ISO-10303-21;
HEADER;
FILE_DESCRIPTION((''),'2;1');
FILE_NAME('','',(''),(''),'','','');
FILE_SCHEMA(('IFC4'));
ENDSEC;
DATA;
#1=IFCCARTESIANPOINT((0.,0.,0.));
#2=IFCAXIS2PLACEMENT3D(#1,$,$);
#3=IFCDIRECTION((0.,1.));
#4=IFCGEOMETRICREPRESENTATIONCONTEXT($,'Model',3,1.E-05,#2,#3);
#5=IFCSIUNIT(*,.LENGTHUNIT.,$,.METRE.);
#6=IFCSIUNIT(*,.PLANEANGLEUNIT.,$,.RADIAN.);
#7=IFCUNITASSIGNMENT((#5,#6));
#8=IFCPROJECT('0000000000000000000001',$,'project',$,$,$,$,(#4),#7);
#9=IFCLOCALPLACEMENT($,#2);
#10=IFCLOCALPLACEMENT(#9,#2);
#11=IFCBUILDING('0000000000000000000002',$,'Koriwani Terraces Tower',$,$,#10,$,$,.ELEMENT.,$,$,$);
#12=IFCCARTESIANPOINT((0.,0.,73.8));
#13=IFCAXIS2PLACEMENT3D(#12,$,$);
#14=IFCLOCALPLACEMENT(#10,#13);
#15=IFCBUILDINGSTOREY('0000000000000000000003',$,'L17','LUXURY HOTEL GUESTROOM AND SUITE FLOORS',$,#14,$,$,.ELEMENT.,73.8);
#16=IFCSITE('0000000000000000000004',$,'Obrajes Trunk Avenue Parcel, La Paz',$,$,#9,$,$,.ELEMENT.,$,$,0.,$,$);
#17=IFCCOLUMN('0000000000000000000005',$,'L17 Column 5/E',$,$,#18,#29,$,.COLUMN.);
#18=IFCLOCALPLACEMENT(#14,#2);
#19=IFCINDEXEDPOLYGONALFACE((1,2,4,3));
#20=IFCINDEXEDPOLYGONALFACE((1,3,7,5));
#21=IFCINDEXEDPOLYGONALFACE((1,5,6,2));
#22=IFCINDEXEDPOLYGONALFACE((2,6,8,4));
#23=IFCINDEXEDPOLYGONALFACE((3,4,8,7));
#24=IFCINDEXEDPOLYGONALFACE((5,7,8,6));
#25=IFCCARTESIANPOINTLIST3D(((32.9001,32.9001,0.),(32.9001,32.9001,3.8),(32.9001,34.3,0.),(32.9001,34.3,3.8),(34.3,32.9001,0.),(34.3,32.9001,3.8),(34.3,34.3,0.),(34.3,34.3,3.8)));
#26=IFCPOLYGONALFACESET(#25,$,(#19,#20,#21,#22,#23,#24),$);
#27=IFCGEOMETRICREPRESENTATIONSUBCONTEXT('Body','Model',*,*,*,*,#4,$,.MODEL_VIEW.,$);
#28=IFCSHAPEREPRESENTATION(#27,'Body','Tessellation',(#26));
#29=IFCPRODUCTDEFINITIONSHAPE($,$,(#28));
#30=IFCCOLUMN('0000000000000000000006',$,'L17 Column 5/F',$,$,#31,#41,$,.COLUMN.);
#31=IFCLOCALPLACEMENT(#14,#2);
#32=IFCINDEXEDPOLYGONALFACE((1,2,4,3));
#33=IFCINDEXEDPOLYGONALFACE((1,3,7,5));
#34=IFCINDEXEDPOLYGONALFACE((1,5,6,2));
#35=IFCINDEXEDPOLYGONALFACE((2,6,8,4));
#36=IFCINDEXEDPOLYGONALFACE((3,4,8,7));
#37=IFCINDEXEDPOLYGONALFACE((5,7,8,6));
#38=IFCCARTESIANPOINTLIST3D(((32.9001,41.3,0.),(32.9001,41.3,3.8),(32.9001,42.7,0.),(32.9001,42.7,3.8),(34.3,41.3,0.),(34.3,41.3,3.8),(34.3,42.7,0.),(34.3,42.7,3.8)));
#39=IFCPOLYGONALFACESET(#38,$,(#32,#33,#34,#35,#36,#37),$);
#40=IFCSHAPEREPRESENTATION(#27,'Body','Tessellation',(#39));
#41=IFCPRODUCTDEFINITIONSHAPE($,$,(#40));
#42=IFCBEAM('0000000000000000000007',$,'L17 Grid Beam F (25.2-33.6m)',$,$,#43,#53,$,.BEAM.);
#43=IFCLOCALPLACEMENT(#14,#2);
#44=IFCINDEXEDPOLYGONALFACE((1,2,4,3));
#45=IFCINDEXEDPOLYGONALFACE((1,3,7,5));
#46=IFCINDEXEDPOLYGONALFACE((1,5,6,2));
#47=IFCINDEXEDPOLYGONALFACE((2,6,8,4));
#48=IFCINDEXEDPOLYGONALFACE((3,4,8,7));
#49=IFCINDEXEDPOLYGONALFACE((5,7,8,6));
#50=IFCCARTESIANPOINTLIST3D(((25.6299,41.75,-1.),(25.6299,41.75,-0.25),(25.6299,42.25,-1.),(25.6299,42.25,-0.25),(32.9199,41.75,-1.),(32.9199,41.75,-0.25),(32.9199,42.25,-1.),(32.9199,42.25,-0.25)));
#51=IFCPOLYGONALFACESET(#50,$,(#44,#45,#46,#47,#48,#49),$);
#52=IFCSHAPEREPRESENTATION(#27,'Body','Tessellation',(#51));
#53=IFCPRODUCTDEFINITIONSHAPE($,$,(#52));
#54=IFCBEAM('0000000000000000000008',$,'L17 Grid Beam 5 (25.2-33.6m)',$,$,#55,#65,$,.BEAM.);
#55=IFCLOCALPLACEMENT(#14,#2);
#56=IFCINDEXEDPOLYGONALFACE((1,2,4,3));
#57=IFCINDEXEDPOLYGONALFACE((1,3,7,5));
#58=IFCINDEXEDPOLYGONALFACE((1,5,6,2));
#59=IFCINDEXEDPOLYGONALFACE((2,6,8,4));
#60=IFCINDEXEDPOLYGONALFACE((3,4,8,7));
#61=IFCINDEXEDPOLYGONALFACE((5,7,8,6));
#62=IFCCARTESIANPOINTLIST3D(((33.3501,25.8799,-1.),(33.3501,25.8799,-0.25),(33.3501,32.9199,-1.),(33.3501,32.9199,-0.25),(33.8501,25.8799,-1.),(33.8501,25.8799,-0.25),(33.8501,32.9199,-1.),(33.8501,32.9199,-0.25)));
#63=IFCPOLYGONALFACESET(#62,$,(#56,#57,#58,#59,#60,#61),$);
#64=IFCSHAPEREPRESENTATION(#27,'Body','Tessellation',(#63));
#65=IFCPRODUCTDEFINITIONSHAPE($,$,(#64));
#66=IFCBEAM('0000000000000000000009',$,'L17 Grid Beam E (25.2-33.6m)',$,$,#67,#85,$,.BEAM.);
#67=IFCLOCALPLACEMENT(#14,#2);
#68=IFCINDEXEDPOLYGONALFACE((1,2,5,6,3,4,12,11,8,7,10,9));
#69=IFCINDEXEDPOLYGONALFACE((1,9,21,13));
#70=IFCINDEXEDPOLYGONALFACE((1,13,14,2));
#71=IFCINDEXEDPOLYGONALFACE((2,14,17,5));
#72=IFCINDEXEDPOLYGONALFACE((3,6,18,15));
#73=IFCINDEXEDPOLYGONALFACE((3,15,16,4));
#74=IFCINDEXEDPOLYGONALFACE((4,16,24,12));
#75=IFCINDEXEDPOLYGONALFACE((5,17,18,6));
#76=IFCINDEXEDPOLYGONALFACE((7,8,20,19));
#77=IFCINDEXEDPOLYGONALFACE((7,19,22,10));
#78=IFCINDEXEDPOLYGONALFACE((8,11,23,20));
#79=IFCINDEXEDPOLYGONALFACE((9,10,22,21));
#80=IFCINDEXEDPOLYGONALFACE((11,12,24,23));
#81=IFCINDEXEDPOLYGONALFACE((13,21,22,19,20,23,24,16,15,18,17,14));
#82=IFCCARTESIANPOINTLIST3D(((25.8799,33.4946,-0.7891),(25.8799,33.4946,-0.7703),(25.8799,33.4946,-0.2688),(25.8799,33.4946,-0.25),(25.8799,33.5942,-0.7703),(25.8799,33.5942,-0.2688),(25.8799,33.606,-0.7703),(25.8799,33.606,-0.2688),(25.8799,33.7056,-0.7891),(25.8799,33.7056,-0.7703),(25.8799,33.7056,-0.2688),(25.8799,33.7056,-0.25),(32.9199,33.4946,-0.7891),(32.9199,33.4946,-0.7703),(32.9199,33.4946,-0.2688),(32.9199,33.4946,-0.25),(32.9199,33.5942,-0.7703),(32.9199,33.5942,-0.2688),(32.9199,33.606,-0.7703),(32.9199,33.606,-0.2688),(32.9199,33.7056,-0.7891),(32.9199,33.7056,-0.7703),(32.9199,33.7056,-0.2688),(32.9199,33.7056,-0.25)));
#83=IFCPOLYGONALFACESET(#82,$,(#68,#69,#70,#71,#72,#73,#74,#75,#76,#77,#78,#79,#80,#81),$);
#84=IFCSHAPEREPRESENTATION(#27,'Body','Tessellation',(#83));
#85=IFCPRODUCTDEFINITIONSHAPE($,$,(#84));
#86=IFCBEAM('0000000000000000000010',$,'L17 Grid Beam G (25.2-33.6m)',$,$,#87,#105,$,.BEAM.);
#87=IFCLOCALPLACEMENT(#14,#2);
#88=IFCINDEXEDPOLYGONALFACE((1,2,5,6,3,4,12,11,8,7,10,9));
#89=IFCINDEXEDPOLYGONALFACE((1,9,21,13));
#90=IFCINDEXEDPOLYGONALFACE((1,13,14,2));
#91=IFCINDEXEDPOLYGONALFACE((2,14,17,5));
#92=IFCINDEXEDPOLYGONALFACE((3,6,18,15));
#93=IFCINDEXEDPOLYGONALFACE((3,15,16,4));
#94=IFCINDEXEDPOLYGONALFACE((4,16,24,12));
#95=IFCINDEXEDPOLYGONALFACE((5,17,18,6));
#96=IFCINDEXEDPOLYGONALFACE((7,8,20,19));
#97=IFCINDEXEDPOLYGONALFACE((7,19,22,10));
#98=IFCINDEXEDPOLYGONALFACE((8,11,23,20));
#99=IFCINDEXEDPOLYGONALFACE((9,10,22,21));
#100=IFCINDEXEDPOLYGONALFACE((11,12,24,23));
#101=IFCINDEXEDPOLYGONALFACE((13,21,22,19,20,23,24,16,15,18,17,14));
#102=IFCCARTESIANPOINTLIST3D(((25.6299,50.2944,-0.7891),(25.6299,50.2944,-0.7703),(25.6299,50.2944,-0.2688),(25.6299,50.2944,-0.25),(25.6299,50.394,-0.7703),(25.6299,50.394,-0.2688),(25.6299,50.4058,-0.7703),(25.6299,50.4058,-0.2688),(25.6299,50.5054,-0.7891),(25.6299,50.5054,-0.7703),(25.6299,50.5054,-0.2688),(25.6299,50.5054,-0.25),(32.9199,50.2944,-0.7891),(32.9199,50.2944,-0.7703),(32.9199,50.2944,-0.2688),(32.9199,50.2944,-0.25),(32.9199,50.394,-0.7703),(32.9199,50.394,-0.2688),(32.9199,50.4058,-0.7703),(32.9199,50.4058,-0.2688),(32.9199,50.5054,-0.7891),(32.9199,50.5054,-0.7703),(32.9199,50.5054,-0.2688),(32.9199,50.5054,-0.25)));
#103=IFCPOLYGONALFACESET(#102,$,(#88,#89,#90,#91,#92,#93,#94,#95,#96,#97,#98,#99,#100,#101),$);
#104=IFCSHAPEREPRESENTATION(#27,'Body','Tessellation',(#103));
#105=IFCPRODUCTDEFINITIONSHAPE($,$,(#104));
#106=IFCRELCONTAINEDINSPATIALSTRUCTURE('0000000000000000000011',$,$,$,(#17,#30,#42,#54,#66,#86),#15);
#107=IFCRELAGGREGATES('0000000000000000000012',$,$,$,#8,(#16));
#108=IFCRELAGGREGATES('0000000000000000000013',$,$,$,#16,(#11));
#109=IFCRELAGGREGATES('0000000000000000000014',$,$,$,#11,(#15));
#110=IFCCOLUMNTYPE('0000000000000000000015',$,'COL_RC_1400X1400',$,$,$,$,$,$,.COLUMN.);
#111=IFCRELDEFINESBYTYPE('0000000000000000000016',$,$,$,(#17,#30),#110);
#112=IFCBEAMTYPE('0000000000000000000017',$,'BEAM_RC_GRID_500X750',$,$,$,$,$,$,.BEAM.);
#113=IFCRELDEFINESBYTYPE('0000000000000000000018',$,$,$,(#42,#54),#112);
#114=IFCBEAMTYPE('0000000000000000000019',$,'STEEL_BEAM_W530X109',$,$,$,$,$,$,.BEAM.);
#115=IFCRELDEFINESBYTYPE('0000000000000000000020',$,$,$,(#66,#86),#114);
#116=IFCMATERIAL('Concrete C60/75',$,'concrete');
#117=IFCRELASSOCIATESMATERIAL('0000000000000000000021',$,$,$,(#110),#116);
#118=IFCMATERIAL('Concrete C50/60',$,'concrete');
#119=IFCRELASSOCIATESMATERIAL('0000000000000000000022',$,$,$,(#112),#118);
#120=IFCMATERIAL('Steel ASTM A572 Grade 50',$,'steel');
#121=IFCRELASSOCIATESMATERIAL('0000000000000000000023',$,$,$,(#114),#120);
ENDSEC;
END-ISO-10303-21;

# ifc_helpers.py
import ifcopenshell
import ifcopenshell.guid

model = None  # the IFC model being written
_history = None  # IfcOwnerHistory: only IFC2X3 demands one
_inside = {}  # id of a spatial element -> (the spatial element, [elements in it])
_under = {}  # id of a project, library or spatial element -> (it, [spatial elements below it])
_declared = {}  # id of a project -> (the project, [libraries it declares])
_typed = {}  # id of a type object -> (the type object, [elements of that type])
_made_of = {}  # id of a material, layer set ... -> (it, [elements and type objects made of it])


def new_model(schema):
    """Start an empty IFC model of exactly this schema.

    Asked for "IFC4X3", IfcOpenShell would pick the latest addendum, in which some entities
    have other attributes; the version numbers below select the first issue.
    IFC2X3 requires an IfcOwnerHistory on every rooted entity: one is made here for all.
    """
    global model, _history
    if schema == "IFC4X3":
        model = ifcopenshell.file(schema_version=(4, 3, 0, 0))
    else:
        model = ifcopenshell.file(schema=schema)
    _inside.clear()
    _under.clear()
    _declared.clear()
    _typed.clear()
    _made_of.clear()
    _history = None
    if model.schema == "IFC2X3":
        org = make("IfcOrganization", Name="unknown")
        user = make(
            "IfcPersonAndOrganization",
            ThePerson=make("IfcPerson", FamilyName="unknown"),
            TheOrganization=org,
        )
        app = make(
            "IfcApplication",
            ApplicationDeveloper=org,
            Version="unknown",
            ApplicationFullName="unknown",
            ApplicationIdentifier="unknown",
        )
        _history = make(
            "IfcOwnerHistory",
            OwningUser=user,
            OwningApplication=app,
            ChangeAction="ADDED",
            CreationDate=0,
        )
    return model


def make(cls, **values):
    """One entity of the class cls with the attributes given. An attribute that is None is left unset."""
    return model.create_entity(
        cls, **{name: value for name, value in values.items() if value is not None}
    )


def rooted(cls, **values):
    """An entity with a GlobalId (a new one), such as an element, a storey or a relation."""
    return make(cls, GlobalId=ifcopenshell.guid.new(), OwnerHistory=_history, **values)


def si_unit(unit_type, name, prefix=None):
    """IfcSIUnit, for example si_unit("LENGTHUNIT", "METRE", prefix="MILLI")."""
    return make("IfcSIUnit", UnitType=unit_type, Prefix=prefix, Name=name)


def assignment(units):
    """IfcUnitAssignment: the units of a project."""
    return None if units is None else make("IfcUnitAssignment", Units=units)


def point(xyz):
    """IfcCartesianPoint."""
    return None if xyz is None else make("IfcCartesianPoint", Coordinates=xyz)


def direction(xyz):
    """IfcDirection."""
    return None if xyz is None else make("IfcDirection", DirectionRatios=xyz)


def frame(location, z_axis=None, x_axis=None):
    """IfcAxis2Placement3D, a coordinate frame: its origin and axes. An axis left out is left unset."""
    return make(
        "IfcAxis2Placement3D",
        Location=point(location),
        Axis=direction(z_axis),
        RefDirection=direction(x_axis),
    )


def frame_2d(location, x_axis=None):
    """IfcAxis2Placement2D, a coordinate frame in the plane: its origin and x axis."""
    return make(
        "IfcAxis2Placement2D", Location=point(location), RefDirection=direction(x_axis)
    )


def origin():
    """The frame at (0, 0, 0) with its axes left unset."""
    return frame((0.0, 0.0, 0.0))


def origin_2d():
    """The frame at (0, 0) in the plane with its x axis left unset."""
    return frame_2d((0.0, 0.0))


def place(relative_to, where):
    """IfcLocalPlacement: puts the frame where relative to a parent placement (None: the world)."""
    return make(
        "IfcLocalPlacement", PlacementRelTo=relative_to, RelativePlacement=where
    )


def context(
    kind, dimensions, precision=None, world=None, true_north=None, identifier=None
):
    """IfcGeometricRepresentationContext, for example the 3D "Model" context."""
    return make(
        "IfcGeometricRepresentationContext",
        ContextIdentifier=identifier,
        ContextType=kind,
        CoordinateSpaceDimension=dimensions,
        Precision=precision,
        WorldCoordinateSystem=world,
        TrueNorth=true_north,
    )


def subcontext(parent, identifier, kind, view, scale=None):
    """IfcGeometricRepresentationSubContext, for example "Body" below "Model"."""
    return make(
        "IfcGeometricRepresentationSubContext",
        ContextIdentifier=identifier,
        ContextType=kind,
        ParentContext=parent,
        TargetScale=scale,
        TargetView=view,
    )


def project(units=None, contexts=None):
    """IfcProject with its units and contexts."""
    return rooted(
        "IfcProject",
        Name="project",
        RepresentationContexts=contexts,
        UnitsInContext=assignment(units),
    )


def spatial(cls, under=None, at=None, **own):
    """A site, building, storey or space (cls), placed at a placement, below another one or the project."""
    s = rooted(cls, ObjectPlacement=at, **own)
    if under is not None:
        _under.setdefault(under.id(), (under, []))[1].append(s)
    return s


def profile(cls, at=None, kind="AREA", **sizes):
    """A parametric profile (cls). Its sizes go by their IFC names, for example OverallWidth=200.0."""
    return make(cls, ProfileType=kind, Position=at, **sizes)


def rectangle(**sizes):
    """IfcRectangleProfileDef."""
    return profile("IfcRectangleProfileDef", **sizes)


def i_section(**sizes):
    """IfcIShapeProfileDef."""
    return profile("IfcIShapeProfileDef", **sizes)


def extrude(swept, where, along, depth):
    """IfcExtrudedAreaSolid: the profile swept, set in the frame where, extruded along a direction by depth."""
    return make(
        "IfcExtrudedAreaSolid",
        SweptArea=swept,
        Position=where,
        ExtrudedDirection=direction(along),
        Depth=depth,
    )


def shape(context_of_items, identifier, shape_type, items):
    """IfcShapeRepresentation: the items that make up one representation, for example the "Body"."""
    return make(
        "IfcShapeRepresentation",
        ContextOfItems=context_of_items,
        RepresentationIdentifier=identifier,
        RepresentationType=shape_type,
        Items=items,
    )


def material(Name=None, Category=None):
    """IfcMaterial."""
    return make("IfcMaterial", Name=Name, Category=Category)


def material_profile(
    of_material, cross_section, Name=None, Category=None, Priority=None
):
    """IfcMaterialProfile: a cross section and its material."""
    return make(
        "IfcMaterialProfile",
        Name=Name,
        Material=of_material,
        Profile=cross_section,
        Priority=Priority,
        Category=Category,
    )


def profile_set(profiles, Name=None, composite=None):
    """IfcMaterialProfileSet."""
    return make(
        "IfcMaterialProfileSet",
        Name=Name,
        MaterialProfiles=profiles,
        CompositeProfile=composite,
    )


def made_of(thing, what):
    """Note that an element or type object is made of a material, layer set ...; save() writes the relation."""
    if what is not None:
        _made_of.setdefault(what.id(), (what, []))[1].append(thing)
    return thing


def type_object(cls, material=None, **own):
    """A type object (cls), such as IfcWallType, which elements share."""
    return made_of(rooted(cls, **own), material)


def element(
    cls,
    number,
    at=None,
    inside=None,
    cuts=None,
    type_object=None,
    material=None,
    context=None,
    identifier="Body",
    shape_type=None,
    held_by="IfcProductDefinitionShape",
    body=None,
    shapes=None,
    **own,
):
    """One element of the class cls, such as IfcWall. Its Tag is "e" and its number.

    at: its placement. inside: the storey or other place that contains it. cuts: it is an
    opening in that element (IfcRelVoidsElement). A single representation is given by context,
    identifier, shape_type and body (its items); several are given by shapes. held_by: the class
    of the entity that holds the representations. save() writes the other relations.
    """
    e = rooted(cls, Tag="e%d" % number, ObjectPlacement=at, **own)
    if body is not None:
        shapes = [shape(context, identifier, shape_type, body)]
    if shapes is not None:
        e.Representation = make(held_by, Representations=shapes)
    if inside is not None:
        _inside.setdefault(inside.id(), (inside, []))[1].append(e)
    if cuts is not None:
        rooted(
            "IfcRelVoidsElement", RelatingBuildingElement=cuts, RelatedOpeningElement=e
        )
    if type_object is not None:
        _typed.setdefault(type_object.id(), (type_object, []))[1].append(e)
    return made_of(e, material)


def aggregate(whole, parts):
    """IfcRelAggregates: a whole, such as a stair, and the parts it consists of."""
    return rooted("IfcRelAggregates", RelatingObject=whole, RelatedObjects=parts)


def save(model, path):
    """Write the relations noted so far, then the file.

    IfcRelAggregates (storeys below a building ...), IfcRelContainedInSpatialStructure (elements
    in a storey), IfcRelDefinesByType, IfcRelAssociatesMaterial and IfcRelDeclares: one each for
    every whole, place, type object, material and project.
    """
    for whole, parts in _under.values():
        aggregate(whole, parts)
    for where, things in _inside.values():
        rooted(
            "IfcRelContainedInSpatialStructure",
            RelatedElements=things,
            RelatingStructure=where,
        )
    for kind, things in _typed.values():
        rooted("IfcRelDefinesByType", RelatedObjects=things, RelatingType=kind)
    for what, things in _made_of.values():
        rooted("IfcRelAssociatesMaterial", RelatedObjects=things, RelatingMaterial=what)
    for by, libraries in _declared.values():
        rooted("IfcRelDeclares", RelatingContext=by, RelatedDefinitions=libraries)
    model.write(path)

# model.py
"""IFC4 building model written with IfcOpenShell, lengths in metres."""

from ifc_helpers import new_model, si_unit, direction, frame, origin, origin_2d, place, context, subcontext, project, spatial, rectangle, i_section, extrude, material, material_profile, profile_set, type_object, element, save


model = new_model("IFC4")

# Units and contexts
model_context = context("Model", 3, precision=1e-05, world=origin(), true_north=direction((0.0, 1.0)))
body_context = subcontext(model_context, "Body", "Model", "MODEL_VIEW")
ifc_project = project(units=[si_unit("LENGTHUNIT", "METRE"), si_unit("PLANEANGLEUNIT", "RADIAN")], contexts=[model_context])

# Site, building, storey
site_placement = place(None, origin())
site = spatial("IfcSite", under=ifc_project, at=site_placement, Name="Obrajes Trunk Avenue Parcel, La Paz", CompositionType="ELEMENT", RefElevation=0.0)
building_placement = place(site_placement, origin())
building = spatial("IfcBuilding", under=site, at=building_placement, Name="Koriwani Terraces Tower", CompositionType="ELEMENT")
storey_placement = place(building_placement, frame((0.0, 0.0, 73.8)))
storey = spatial("IfcBuildingStorey", under=building, at=storey_placement, Name="L17", Description="LUXURY HOTEL GUESTROOM AND SUITE FLOORS", CompositionType="ELEMENT", Elevation=73.8)

# Columns
ifc_material_1 = material(Name="Concrete C60/75", Category="concrete")
ifc_material_profile_1 = material_profile(ifc_material_1, rectangle(XDim=1.3999, YDim=1.3999, at=origin_2d()), Name="Concrete C60/75", Category="LoadBearing")
ifc_profile_set_1 = profile_set([ifc_material_profile_1], Name="Concrete C60/75")
column_type = type_object("IfcColumnType", Name="COL_RC_1400X1400", PredefinedType="COLUMN", material=ifc_profile_set_1)
for number, where, z_axis, x_axis, name in (
    (1, (33.6001, 33.6001, 0.0), (0.0, 0.0, 1.0), (1.0, 0.0, 0.0), "L17 Column 5/E"),
    (2, (33.6001, 42.0, 0.0), (0.0, 0.0, 1.0), (1.0, 0.0, 0.0), "L17 Column 5/F"),
):
    element("IfcColumn", number, at=place(storey_placement, frame(where, z_axis=z_axis, x_axis=x_axis)), inside=storey, type_object=column_type, Name=name, PredefinedType="COLUMN", context=body_context, shape_type="SweptSolid", body=[
        extrude(rectangle(XDim=1.3999, YDim=1.3999, at=origin_2d()), origin(), (0.0, 0.0, 1.0), 3.8),
    ])

# Beams
ifc_material_2 = material(Name="Concrete C50/60", Category="concrete")
ifc_material_profile_2 = material_profile(ifc_material_2, rectangle(XDim=0.5, YDim=0.75, at=origin_2d()), Name="Concrete C50/60", Category="LoadBearing")
ifc_profile_set_2 = profile_set([ifc_material_profile_2], Name="Concrete C50/60")
beam_type_1 = type_object("IfcBeamType", Name="BEAM_RC_GRID_500X750", PredefinedType="BEAM", material=ifc_profile_set_2)
beam_1_placement = place(storey_placement, frame((25.6299, 42.0, -0.625), z_axis=(1.0, 0.0, 0.0), x_axis=(0.0, 1.0, 0.0)))
element("IfcBeam", 3, at=beam_1_placement, inside=storey, type_object=beam_type_1, Name="L17 Grid Beam F (25.2-33.6m)", PredefinedType="BEAM", context=body_context, shape_type="SweptSolid", body=[
    extrude(rectangle(XDim=0.5, YDim=0.75, at=origin_2d()), origin(), (0.0, 0.0, 1.0), 7.29),
])
beam_2_placement = place(storey_placement, frame((33.6001, 25.8799, -0.625), z_axis=(0.0, 1.0, 0.0), x_axis=(-1.0, 0.0, 0.0)))
element("IfcBeam", 4, at=beam_2_placement, inside=storey, type_object=beam_type_1, Name="L17 Grid Beam 5 (25.2-33.6m)", PredefinedType="BEAM", context=body_context, shape_type="SweptSolid", body=[
    extrude(rectangle(XDim=0.5, YDim=0.75, at=origin_2d()), origin(), (0.0, 0.0, 1.0), 7.04),
])
ifc_material_3 = material(Name="Steel ASTM A572 Grade 50", Category="steel")
ifc_material_profile_3 = material_profile(ifc_material_3, i_section(OverallWidth=0.2109, OverallDepth=0.5391, WebThickness=0.0117, FlangeThickness=0.0188, at=origin_2d()), Name="Steel ASTM A572 Grade 50", Category="LoadBearing")
ifc_profile_set_3 = profile_set([ifc_material_profile_3], Name="Steel ASTM A572 Grade 50")
beam_type_2 = type_object("IfcBeamType", Name="STEEL_BEAM_W530X109", PredefinedType="BEAM", material=ifc_profile_set_3)
beam_3_placement = place(storey_placement, frame((25.8799, 33.6001, -0.5195), z_axis=(1.0, 0.0, 0.0), x_axis=(0.0, 1.0, 0.0)))
element("IfcBeam", 5, at=beam_3_placement, inside=storey, type_object=beam_type_2, Name="L17 Grid Beam E (25.2-33.6m)", PredefinedType="BEAM", context=body_context, shape_type="SweptSolid", body=[
    extrude(i_section(OverallWidth=0.2109, OverallDepth=0.5391, WebThickness=0.0117, FlangeThickness=0.0188, at=origin_2d()), origin(), (0.0, 0.0, 1.0), 7.04),
])
beam_4_placement = place(storey_placement, frame((25.6299, 50.3999, -0.5195), z_axis=(1.0, 0.0, 0.0), x_axis=(0.0, 1.0, 0.0)))
element("IfcBeam", 6, at=beam_4_placement, inside=storey, type_object=beam_type_2, Name="L17 Grid Beam G (25.2-33.6m)", PredefinedType="BEAM", context=body_context, shape_type="SweptSolid", body=[
    extrude(i_section(OverallWidth=0.2109, OverallDepth=0.5391, WebThickness=0.0117, FlangeThickness=0.0188, at=origin_2d()), origin(), (0.0, 0.0, 1.0), 7.29),
])

save(model, "model.ifc")
